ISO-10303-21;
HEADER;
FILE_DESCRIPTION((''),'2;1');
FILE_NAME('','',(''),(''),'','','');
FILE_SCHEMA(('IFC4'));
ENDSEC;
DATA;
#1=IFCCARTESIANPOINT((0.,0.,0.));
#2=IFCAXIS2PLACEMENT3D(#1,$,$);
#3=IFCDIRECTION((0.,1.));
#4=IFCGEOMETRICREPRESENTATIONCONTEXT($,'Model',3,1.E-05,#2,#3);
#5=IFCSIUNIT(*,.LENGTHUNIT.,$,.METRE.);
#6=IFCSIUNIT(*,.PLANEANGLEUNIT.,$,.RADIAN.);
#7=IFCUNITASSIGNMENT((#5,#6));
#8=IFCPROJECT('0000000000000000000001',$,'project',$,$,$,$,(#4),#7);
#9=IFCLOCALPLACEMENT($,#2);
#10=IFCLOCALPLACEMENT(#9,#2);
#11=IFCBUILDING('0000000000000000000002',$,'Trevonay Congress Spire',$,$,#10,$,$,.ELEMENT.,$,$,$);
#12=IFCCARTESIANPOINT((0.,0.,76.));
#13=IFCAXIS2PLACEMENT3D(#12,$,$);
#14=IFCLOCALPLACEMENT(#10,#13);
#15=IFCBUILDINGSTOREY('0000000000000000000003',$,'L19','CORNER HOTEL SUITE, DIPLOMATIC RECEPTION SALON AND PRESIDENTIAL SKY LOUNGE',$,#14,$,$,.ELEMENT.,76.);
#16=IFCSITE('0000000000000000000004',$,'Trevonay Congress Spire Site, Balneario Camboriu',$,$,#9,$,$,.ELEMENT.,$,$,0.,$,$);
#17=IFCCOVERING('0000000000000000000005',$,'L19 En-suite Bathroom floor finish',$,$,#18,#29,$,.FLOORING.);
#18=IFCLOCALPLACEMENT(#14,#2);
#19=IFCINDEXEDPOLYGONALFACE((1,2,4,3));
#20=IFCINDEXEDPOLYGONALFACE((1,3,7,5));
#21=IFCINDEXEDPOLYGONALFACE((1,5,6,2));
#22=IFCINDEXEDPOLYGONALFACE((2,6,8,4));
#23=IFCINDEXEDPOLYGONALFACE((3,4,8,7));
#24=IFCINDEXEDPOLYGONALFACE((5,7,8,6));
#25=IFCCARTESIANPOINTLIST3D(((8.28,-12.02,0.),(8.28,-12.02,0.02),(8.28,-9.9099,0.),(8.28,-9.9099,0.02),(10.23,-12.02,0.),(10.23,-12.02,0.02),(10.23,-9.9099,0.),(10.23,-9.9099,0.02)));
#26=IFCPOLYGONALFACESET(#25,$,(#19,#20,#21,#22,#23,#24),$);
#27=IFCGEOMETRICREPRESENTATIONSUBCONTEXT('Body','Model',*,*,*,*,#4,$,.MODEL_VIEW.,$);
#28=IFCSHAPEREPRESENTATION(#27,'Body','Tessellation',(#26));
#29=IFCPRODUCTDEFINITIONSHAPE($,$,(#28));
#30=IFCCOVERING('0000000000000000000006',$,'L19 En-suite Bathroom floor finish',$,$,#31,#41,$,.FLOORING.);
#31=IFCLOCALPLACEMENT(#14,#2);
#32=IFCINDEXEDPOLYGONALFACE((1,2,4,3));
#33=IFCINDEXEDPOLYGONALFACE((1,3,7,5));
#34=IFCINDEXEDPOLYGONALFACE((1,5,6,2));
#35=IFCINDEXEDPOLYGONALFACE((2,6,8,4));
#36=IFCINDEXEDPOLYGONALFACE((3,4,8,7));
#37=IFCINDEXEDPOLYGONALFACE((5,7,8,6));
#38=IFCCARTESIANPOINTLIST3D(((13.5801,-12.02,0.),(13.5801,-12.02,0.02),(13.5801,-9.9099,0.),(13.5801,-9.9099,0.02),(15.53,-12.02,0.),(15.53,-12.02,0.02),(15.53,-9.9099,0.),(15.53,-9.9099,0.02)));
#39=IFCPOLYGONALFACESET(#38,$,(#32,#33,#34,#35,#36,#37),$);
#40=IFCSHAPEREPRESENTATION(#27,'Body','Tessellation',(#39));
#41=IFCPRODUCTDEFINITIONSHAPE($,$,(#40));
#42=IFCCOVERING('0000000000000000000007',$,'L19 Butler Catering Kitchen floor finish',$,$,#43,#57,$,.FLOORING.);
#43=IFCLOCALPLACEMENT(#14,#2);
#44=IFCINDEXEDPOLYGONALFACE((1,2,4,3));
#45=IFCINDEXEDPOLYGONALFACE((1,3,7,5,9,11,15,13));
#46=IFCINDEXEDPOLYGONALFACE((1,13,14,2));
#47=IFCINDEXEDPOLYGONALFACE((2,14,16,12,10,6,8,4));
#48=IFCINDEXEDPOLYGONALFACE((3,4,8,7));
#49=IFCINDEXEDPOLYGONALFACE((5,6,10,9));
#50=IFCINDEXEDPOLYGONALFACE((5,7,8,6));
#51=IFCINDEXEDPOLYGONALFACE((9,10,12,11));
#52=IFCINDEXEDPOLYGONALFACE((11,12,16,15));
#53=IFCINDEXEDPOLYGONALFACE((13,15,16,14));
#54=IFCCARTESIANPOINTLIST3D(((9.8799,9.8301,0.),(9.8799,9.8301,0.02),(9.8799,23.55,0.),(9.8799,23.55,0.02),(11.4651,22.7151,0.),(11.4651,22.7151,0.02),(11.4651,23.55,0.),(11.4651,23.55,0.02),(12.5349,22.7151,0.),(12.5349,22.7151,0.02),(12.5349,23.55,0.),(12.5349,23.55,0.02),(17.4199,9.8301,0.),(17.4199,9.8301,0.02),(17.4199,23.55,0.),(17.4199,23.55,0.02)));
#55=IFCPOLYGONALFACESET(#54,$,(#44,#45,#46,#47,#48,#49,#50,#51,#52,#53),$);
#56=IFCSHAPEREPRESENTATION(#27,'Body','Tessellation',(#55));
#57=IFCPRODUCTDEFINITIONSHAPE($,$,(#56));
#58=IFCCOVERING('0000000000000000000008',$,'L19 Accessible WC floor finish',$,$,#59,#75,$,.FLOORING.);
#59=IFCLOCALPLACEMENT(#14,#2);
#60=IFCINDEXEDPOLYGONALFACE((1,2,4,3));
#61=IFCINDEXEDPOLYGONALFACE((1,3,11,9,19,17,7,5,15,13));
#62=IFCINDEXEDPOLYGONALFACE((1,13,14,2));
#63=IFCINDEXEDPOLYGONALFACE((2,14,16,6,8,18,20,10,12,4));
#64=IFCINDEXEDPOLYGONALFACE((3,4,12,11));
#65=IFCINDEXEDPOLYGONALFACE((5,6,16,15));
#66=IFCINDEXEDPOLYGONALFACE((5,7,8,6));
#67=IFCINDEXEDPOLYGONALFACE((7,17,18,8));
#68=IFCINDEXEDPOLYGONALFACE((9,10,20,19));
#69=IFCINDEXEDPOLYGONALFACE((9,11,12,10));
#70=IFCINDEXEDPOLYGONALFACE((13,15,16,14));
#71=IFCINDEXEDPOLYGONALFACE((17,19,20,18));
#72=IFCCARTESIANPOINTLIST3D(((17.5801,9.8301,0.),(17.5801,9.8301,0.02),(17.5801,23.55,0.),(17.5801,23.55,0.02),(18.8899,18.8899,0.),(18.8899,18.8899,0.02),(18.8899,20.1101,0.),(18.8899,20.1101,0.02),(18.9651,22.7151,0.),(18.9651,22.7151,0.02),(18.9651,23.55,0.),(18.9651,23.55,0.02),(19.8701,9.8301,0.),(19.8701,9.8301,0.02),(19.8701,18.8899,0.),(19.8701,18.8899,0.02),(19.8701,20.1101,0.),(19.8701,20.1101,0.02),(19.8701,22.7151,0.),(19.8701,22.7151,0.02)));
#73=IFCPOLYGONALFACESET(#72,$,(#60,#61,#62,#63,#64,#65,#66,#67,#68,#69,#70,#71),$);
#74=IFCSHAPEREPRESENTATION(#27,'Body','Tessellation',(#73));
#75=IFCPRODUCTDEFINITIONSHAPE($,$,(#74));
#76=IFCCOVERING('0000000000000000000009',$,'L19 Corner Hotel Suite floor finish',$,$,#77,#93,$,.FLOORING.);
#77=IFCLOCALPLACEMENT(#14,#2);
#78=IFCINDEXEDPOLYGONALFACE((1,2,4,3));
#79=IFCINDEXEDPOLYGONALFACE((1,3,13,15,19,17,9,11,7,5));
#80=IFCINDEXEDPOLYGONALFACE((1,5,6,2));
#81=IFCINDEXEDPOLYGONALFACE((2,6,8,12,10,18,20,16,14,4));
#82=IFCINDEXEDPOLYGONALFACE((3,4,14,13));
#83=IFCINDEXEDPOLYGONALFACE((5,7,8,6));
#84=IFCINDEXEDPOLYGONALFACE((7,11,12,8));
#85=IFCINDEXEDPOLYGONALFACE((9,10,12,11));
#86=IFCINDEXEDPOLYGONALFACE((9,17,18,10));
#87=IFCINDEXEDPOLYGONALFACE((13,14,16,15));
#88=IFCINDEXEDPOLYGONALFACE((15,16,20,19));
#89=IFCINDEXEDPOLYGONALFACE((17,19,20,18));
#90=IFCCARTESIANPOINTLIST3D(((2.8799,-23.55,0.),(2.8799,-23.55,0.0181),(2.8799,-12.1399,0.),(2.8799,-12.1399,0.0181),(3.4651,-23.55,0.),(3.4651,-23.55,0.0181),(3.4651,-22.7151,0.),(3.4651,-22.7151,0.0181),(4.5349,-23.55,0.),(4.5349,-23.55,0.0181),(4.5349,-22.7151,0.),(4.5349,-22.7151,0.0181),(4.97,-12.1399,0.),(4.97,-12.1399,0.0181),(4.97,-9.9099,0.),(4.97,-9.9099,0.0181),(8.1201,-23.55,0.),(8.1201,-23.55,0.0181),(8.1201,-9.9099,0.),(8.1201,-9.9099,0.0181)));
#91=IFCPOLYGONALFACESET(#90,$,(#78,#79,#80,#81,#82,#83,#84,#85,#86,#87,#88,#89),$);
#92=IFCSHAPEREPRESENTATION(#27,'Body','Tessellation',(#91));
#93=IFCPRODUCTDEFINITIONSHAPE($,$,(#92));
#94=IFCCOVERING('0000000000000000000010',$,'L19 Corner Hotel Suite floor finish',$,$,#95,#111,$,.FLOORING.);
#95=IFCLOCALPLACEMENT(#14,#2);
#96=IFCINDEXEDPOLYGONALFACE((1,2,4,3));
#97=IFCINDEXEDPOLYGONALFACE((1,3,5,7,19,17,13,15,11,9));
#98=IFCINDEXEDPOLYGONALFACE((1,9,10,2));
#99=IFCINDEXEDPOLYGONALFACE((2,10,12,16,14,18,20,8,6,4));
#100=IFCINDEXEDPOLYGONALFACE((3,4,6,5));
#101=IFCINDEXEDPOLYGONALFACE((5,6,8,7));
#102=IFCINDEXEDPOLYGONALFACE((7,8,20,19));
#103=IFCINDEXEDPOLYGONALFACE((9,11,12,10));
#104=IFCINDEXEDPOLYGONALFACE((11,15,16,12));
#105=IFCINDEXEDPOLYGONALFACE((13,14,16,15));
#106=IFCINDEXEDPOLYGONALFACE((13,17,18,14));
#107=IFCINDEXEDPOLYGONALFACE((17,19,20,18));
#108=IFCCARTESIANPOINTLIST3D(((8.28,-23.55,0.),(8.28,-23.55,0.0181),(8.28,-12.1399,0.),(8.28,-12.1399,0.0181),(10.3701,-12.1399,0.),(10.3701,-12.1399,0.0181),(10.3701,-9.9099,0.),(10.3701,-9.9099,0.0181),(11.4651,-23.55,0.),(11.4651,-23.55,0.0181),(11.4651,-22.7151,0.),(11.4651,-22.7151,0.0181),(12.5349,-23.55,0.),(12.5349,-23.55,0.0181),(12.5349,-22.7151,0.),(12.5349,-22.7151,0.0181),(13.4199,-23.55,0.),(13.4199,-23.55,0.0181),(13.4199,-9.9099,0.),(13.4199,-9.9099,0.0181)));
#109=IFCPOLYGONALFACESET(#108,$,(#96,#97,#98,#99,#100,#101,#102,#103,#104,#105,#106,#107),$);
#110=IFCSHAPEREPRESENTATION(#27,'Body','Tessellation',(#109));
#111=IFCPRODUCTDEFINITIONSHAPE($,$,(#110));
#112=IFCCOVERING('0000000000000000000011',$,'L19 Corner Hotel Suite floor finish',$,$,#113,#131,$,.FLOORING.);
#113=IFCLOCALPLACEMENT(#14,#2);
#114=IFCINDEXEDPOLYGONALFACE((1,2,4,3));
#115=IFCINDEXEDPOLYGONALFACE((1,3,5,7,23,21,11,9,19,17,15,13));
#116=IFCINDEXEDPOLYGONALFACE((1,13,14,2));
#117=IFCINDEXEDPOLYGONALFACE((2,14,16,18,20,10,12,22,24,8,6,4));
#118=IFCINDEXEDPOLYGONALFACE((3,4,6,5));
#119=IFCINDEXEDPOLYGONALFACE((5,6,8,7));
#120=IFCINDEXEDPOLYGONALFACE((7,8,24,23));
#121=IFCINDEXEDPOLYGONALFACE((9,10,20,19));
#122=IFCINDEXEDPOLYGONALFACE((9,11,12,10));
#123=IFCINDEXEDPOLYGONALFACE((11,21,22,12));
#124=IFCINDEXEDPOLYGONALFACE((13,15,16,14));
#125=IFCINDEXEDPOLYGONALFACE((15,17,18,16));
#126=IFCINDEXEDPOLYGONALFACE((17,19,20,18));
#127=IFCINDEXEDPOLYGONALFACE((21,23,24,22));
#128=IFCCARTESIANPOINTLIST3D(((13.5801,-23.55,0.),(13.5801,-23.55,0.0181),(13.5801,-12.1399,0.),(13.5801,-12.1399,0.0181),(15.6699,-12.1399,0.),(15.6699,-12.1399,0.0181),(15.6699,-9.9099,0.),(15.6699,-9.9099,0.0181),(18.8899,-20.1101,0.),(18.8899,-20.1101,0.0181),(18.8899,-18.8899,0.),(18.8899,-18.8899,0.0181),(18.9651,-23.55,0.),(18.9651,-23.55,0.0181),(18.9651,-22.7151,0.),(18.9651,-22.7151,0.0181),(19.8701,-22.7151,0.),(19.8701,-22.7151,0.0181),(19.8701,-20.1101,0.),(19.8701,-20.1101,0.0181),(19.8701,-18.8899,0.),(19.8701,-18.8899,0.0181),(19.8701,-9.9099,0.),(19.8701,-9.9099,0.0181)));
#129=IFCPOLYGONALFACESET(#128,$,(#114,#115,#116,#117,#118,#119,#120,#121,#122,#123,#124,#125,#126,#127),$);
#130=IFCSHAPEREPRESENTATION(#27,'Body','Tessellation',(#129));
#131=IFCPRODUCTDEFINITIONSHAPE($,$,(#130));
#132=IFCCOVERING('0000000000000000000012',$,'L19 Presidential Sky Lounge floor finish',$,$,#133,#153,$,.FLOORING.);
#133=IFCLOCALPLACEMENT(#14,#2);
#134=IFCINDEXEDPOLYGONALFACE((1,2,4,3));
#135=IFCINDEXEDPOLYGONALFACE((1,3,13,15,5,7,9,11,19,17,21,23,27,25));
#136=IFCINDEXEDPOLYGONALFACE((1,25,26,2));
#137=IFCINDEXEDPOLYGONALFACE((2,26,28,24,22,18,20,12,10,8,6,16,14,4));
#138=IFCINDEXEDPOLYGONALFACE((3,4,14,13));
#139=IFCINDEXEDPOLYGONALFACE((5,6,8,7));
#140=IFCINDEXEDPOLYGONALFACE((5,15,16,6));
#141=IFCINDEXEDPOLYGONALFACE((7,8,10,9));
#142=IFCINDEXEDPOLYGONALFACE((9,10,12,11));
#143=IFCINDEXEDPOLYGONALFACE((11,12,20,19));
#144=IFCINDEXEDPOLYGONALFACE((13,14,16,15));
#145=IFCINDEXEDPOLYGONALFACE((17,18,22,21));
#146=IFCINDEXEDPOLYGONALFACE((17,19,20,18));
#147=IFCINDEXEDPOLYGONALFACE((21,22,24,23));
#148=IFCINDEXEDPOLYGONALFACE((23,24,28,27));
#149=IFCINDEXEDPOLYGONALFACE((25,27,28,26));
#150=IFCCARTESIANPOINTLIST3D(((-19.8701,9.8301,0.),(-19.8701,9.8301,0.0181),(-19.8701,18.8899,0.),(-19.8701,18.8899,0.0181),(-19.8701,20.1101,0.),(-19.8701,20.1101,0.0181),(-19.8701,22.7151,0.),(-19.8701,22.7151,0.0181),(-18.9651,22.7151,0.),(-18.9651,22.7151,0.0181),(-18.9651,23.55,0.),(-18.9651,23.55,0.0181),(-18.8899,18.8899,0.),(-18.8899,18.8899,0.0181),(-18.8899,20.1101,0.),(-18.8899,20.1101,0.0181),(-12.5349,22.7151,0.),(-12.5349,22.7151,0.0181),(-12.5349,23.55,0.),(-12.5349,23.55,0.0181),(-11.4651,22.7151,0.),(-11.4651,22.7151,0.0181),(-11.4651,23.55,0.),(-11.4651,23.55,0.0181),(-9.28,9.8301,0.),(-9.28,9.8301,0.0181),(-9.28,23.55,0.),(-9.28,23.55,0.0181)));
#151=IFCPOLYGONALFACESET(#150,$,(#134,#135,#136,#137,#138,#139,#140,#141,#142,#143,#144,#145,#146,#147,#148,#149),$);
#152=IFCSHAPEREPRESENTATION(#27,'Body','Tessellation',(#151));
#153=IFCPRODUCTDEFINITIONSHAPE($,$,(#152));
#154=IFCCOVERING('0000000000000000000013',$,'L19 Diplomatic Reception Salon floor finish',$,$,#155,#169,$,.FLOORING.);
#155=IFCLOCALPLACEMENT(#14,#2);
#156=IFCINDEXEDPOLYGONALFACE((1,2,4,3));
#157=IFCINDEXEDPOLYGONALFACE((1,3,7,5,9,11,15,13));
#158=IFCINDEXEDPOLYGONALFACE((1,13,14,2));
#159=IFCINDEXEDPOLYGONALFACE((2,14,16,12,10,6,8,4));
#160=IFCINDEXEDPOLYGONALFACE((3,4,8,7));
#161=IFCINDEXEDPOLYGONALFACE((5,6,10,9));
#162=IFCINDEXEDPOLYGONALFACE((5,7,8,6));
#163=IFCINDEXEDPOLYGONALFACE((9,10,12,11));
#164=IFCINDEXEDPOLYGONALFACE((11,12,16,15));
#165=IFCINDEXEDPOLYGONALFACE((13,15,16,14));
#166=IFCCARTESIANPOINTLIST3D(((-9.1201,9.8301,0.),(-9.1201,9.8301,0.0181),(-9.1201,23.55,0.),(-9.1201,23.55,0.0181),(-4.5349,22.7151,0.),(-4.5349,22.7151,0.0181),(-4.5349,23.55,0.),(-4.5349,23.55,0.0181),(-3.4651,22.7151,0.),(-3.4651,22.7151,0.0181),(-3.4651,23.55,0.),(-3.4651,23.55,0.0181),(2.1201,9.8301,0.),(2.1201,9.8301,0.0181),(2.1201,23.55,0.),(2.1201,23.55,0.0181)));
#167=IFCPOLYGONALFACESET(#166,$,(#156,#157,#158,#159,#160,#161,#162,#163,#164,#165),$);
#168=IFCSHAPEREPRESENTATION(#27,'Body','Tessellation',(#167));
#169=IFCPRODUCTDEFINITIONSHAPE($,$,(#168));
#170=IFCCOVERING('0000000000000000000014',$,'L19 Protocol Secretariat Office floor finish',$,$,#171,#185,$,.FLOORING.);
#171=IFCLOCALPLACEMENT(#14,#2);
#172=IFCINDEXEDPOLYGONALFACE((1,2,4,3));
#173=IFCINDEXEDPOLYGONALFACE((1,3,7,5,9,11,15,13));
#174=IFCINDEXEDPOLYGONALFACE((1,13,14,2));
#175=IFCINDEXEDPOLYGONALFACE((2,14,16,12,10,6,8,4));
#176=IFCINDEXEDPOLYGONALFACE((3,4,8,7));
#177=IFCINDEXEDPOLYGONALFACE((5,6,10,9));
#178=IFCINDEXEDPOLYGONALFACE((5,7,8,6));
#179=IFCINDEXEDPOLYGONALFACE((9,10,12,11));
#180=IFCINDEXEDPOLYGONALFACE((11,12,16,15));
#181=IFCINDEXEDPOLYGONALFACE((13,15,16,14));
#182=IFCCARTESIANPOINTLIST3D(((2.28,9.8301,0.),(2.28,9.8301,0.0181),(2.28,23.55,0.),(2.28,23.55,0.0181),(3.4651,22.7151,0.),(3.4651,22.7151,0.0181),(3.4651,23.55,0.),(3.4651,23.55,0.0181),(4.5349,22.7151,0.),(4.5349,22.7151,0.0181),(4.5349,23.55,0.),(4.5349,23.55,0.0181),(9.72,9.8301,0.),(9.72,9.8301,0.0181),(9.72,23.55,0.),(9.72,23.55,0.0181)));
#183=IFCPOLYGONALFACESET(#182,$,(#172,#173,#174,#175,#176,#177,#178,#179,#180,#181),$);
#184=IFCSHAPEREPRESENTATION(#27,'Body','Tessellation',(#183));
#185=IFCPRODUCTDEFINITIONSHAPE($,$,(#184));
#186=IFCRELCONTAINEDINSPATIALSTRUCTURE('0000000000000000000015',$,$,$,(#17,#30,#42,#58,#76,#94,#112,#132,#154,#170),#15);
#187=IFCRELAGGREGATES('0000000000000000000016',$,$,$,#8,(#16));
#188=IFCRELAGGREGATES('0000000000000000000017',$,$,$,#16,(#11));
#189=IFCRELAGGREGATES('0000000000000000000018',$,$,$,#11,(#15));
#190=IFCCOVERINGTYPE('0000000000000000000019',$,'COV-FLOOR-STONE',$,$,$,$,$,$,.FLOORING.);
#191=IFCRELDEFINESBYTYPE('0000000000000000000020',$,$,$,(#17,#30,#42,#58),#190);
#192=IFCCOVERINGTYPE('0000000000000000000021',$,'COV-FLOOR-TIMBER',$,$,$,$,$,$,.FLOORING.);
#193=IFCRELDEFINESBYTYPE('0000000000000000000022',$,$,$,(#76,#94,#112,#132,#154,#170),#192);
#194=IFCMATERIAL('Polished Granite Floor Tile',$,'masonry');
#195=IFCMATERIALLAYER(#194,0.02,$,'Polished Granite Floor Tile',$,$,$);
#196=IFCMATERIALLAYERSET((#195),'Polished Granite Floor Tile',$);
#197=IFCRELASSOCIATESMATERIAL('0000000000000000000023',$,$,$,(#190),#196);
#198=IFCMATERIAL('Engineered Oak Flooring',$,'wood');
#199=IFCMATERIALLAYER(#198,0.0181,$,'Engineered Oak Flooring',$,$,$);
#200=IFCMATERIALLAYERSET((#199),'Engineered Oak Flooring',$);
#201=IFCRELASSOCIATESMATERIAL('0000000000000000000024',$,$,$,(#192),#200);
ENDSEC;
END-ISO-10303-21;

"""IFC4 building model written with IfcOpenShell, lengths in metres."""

from ifc_helpers import new_model, si_unit, direction, frame, origin, place, context, subcontext, project, spatial, polyline, outline, extrude, material, layer, layer_set, type_object, element, save


model = new_model("IFC4")

# Units and contexts
model_context = context("Model", 3, precision=1e-05, world=origin(), true_north=direction((0.0, 1.0)))
body_context = subcontext(model_context, "Body", "Model", "MODEL_VIEW")
ifc_project = project(units=[si_unit("LENGTHUNIT", "METRE"), si_unit("PLANEANGLEUNIT", "RADIAN")], contexts=[model_context])

# Site, building, storey
site_placement = place(None, origin())
site = spatial("IfcSite", under=ifc_project, at=site_placement, Name="Trevonay Congress Spire Site, Balneario Camboriu", CompositionType="ELEMENT", RefElevation=0.0)
building_placement = place(site_placement, origin())
building = spatial("IfcBuilding", under=site, at=building_placement, Name="Trevonay Congress Spire", CompositionType="ELEMENT")
storey_placement = place(building_placement, frame((0.0, 0.0, 76.0)))
storey = spatial("IfcBuildingStorey", under=building, at=storey_placement, Name="L19", Description="CORNER HOTEL SUITE, DIPLOMATIC RECEPTION SALON AND PRESIDENTIAL SKY LOUNGE", CompositionType="ELEMENT", Elevation=76.0)

# Coverings
ifc_material_1 = material(Name="Polished Granite Floor Tile", Category="masonry")
ifc_layer_1 = layer(ifc_material_1, 0.02, Name="Polished Granite Floor Tile")
ifc_layer_set_1 = layer_set([ifc_layer_1], Name="Polished Granite Floor Tile")
covering_type_1 = type_object("IfcCoveringType", Name="COV-FLOOR-STONE", PredefinedType="FLOORING", material=ifc_layer_set_1)
covering_1_placement = place(storey_placement, origin())
element("IfcCovering", 1, at=covering_1_placement, inside=storey, type_object=covering_type_1, Name="L19 En-suite Bathroom floor finish", PredefinedType="FLOORING", context=body_context, shape_type="SweptSolid", body=[
    extrude(outline(polyline([(8.28, -12.02), (10.23, -12.02), (10.23, -9.9099), (8.28, -9.9099), (8.28, -12.02)])), origin(), (0.0, 0.0, 1.0), 0.02),
])
covering_2_placement = place(storey_placement, origin())
element("IfcCovering", 2, at=covering_2_placement, inside=storey, type_object=covering_type_1, Name="L19 En-suite Bathroom floor finish", PredefinedType="FLOORING", context=body_context, shape_type="SweptSolid", body=[
    extrude(outline(polyline([(13.5801, -12.02), (15.53, -12.02), (15.53, -9.9099), (13.5801, -9.9099), (13.5801, -12.02)])), origin(), (0.0, 0.0, 1.0), 0.02),
])
covering_3_placement = place(storey_placement, origin())
element("IfcCovering", 3, at=covering_3_placement, inside=storey, type_object=covering_type_1, Name="L19 Butler Catering Kitchen floor finish", PredefinedType="FLOORING", context=body_context, shape_type="SweptSolid", body=[
    extrude(outline(polyline([(17.4199, 23.55), (17.4199, 9.8301), (9.8799, 9.8301), (9.8799, 23.55), (11.4651, 23.55), (11.4651, 22.7151), (12.5349, 22.7151), (12.5349, 23.55), (17.4199, 23.55)])), origin(), (0.0, 0.0, 1.0), 0.02),
])
covering_4_placement = place(storey_placement, origin())
element("IfcCovering", 4, at=covering_4_placement, inside=storey, type_object=covering_type_1, Name="L19 Accessible WC floor finish", PredefinedType="FLOORING", context=body_context, shape_type="SweptSolid", body=[
    extrude(outline(polyline([(19.8701, 9.8301), (17.5801, 9.8301), (17.5801, 23.55), (18.9651, 23.55), (18.9651, 22.7151), (19.8701, 22.7151), (19.8701, 20.1101), (18.8899, 20.1101), (18.8899, 18.8899), (19.8701, 18.8899), (19.8701, 9.8301)])), origin(), (0.0, 0.0, 1.0), 0.02),
])
ifc_material_2 = material(Name="Engineered Oak Flooring", Category="wood")
ifc_layer_2 = layer(ifc_material_2, 0.0181, Name="Engineered Oak Flooring")
ifc_layer_set_2 = layer_set([ifc_layer_2], Name="Engineered Oak Flooring")
covering_type_2 = type_object("IfcCoveringType", Name="COV-FLOOR-TIMBER", PredefinedType="FLOORING", material=ifc_layer_set_2)
covering_5_placement = place(storey_placement, origin())
element("IfcCovering", 5, at=covering_5_placement, inside=storey, type_object=covering_type_2, Name="L19 Corner Hotel Suite floor finish", PredefinedType="FLOORING", context=body_context, shape_type="SweptSolid", body=[
    extrude(outline(polyline([(2.8799, -23.55), (2.8799, -12.1399), (4.97, -12.1399), (4.97, -9.9099), (8.1201, -9.9099), (8.1201, -23.55), (4.5349, -23.55), (4.5349, -22.7151), (3.4651, -22.7151), (3.4651, -23.55), (2.8799, -23.55)])), origin(), (0.0, 0.0, 1.0), 0.0181),
])
covering_6_placement = place(storey_placement, origin())
element("IfcCovering", 6, at=covering_6_placement, inside=storey, type_object=covering_type_2, Name="L19 Corner Hotel Suite floor finish", PredefinedType="FLOORING", context=body_context, shape_type="SweptSolid", body=[
    extrude(outline(polyline([(8.28, -23.55), (8.28, -12.1399), (10.3701, -12.1399), (10.3701, -9.9099), (13.4199, -9.9099), (13.4199, -23.55), (12.5349, -23.55), (12.5349, -22.7151), (11.4651, -22.7151), (11.4651, -23.55), (8.28, -23.55)])), origin(), (0.0, 0.0, 1.0), 0.0181),
])
covering_7_placement = place(storey_placement, origin())
element("IfcCovering", 7, at=covering_7_placement, inside=storey, type_object=covering_type_2, Name="L19 Corner Hotel Suite floor finish", PredefinedType="FLOORING", context=body_context, shape_type="SweptSolid", body=[
    extrude(outline(polyline([(13.5801, -23.55), (13.5801, -12.1399), (15.6699, -12.1399), (15.6699, -9.9099), (19.8701, -9.9099), (19.8701, -18.8899), (18.8899, -18.8899), (18.8899, -20.1101), (19.8701, -20.1101), (19.8701, -22.7151), (18.9651, -22.7151), (18.9651, -23.55), (13.5801, -23.55)])), origin(), (0.0, 0.0, 1.0), 0.0181),
])
covering_8_placement = place(storey_placement, origin())
element("IfcCovering", 8, at=covering_8_placement, inside=storey, type_object=covering_type_2, Name="L19 Presidential Sky Lounge floor finish", PredefinedType="FLOORING", context=body_context, shape_type="SweptSolid", body=[
    extrude(outline(polyline([(-9.28, 23.55), (-9.28, 9.8301), (-19.8701, 9.8301), (-19.8701, 18.8899), (-18.8899, 18.8899), (-18.8899, 20.1101), (-19.8701, 20.1101), (-19.8701, 22.7151), (-18.9651, 22.7151), (-18.9651, 23.55), (-12.5349, 23.55), (-12.5349, 22.7151), (-11.4651, 22.7151), (-11.4651, 23.55), (-9.28, 23.55)])), origin(), (0.0, 0.0, 1.0), 0.0181),
])
covering_9_placement = place(storey_placement, origin())
element("IfcCovering", 9, at=covering_9_placement, inside=storey, type_object=covering_type_2, Name="L19 Diplomatic Reception Salon floor finish", PredefinedType="FLOORING", context=body_context, shape_type="SweptSolid", body=[
    extrude(outline(polyline([(2.1201, 23.55), (2.1201, 9.8301), (-9.1201, 9.8301), (-9.1201, 23.55), (-4.5349, 23.55), (-4.5349, 22.7151), (-3.4651, 22.7151), (-3.4651, 23.55), (2.1201, 23.55)])), origin(), (0.0, 0.0, 1.0), 0.0181),
])
covering_10_placement = place(storey_placement, origin())
element("IfcCovering", 10, at=covering_10_placement, inside=storey, type_object=covering_type_2, Name="L19 Protocol Secretariat Office floor finish", PredefinedType="FLOORING", context=body_context, shape_type="SweptSolid", body=[
    extrude(outline(polyline([(9.72, 23.55), (9.72, 9.8301), (2.28, 9.8301), (2.28, 23.55), (3.4651, 23.55), (3.4651, 22.7151), (4.5349, 22.7151), (4.5349, 23.55), (9.72, 23.55)])), origin(), (0.0, 0.0, 1.0), 0.0181),
])

save(model, "model.ifc")
